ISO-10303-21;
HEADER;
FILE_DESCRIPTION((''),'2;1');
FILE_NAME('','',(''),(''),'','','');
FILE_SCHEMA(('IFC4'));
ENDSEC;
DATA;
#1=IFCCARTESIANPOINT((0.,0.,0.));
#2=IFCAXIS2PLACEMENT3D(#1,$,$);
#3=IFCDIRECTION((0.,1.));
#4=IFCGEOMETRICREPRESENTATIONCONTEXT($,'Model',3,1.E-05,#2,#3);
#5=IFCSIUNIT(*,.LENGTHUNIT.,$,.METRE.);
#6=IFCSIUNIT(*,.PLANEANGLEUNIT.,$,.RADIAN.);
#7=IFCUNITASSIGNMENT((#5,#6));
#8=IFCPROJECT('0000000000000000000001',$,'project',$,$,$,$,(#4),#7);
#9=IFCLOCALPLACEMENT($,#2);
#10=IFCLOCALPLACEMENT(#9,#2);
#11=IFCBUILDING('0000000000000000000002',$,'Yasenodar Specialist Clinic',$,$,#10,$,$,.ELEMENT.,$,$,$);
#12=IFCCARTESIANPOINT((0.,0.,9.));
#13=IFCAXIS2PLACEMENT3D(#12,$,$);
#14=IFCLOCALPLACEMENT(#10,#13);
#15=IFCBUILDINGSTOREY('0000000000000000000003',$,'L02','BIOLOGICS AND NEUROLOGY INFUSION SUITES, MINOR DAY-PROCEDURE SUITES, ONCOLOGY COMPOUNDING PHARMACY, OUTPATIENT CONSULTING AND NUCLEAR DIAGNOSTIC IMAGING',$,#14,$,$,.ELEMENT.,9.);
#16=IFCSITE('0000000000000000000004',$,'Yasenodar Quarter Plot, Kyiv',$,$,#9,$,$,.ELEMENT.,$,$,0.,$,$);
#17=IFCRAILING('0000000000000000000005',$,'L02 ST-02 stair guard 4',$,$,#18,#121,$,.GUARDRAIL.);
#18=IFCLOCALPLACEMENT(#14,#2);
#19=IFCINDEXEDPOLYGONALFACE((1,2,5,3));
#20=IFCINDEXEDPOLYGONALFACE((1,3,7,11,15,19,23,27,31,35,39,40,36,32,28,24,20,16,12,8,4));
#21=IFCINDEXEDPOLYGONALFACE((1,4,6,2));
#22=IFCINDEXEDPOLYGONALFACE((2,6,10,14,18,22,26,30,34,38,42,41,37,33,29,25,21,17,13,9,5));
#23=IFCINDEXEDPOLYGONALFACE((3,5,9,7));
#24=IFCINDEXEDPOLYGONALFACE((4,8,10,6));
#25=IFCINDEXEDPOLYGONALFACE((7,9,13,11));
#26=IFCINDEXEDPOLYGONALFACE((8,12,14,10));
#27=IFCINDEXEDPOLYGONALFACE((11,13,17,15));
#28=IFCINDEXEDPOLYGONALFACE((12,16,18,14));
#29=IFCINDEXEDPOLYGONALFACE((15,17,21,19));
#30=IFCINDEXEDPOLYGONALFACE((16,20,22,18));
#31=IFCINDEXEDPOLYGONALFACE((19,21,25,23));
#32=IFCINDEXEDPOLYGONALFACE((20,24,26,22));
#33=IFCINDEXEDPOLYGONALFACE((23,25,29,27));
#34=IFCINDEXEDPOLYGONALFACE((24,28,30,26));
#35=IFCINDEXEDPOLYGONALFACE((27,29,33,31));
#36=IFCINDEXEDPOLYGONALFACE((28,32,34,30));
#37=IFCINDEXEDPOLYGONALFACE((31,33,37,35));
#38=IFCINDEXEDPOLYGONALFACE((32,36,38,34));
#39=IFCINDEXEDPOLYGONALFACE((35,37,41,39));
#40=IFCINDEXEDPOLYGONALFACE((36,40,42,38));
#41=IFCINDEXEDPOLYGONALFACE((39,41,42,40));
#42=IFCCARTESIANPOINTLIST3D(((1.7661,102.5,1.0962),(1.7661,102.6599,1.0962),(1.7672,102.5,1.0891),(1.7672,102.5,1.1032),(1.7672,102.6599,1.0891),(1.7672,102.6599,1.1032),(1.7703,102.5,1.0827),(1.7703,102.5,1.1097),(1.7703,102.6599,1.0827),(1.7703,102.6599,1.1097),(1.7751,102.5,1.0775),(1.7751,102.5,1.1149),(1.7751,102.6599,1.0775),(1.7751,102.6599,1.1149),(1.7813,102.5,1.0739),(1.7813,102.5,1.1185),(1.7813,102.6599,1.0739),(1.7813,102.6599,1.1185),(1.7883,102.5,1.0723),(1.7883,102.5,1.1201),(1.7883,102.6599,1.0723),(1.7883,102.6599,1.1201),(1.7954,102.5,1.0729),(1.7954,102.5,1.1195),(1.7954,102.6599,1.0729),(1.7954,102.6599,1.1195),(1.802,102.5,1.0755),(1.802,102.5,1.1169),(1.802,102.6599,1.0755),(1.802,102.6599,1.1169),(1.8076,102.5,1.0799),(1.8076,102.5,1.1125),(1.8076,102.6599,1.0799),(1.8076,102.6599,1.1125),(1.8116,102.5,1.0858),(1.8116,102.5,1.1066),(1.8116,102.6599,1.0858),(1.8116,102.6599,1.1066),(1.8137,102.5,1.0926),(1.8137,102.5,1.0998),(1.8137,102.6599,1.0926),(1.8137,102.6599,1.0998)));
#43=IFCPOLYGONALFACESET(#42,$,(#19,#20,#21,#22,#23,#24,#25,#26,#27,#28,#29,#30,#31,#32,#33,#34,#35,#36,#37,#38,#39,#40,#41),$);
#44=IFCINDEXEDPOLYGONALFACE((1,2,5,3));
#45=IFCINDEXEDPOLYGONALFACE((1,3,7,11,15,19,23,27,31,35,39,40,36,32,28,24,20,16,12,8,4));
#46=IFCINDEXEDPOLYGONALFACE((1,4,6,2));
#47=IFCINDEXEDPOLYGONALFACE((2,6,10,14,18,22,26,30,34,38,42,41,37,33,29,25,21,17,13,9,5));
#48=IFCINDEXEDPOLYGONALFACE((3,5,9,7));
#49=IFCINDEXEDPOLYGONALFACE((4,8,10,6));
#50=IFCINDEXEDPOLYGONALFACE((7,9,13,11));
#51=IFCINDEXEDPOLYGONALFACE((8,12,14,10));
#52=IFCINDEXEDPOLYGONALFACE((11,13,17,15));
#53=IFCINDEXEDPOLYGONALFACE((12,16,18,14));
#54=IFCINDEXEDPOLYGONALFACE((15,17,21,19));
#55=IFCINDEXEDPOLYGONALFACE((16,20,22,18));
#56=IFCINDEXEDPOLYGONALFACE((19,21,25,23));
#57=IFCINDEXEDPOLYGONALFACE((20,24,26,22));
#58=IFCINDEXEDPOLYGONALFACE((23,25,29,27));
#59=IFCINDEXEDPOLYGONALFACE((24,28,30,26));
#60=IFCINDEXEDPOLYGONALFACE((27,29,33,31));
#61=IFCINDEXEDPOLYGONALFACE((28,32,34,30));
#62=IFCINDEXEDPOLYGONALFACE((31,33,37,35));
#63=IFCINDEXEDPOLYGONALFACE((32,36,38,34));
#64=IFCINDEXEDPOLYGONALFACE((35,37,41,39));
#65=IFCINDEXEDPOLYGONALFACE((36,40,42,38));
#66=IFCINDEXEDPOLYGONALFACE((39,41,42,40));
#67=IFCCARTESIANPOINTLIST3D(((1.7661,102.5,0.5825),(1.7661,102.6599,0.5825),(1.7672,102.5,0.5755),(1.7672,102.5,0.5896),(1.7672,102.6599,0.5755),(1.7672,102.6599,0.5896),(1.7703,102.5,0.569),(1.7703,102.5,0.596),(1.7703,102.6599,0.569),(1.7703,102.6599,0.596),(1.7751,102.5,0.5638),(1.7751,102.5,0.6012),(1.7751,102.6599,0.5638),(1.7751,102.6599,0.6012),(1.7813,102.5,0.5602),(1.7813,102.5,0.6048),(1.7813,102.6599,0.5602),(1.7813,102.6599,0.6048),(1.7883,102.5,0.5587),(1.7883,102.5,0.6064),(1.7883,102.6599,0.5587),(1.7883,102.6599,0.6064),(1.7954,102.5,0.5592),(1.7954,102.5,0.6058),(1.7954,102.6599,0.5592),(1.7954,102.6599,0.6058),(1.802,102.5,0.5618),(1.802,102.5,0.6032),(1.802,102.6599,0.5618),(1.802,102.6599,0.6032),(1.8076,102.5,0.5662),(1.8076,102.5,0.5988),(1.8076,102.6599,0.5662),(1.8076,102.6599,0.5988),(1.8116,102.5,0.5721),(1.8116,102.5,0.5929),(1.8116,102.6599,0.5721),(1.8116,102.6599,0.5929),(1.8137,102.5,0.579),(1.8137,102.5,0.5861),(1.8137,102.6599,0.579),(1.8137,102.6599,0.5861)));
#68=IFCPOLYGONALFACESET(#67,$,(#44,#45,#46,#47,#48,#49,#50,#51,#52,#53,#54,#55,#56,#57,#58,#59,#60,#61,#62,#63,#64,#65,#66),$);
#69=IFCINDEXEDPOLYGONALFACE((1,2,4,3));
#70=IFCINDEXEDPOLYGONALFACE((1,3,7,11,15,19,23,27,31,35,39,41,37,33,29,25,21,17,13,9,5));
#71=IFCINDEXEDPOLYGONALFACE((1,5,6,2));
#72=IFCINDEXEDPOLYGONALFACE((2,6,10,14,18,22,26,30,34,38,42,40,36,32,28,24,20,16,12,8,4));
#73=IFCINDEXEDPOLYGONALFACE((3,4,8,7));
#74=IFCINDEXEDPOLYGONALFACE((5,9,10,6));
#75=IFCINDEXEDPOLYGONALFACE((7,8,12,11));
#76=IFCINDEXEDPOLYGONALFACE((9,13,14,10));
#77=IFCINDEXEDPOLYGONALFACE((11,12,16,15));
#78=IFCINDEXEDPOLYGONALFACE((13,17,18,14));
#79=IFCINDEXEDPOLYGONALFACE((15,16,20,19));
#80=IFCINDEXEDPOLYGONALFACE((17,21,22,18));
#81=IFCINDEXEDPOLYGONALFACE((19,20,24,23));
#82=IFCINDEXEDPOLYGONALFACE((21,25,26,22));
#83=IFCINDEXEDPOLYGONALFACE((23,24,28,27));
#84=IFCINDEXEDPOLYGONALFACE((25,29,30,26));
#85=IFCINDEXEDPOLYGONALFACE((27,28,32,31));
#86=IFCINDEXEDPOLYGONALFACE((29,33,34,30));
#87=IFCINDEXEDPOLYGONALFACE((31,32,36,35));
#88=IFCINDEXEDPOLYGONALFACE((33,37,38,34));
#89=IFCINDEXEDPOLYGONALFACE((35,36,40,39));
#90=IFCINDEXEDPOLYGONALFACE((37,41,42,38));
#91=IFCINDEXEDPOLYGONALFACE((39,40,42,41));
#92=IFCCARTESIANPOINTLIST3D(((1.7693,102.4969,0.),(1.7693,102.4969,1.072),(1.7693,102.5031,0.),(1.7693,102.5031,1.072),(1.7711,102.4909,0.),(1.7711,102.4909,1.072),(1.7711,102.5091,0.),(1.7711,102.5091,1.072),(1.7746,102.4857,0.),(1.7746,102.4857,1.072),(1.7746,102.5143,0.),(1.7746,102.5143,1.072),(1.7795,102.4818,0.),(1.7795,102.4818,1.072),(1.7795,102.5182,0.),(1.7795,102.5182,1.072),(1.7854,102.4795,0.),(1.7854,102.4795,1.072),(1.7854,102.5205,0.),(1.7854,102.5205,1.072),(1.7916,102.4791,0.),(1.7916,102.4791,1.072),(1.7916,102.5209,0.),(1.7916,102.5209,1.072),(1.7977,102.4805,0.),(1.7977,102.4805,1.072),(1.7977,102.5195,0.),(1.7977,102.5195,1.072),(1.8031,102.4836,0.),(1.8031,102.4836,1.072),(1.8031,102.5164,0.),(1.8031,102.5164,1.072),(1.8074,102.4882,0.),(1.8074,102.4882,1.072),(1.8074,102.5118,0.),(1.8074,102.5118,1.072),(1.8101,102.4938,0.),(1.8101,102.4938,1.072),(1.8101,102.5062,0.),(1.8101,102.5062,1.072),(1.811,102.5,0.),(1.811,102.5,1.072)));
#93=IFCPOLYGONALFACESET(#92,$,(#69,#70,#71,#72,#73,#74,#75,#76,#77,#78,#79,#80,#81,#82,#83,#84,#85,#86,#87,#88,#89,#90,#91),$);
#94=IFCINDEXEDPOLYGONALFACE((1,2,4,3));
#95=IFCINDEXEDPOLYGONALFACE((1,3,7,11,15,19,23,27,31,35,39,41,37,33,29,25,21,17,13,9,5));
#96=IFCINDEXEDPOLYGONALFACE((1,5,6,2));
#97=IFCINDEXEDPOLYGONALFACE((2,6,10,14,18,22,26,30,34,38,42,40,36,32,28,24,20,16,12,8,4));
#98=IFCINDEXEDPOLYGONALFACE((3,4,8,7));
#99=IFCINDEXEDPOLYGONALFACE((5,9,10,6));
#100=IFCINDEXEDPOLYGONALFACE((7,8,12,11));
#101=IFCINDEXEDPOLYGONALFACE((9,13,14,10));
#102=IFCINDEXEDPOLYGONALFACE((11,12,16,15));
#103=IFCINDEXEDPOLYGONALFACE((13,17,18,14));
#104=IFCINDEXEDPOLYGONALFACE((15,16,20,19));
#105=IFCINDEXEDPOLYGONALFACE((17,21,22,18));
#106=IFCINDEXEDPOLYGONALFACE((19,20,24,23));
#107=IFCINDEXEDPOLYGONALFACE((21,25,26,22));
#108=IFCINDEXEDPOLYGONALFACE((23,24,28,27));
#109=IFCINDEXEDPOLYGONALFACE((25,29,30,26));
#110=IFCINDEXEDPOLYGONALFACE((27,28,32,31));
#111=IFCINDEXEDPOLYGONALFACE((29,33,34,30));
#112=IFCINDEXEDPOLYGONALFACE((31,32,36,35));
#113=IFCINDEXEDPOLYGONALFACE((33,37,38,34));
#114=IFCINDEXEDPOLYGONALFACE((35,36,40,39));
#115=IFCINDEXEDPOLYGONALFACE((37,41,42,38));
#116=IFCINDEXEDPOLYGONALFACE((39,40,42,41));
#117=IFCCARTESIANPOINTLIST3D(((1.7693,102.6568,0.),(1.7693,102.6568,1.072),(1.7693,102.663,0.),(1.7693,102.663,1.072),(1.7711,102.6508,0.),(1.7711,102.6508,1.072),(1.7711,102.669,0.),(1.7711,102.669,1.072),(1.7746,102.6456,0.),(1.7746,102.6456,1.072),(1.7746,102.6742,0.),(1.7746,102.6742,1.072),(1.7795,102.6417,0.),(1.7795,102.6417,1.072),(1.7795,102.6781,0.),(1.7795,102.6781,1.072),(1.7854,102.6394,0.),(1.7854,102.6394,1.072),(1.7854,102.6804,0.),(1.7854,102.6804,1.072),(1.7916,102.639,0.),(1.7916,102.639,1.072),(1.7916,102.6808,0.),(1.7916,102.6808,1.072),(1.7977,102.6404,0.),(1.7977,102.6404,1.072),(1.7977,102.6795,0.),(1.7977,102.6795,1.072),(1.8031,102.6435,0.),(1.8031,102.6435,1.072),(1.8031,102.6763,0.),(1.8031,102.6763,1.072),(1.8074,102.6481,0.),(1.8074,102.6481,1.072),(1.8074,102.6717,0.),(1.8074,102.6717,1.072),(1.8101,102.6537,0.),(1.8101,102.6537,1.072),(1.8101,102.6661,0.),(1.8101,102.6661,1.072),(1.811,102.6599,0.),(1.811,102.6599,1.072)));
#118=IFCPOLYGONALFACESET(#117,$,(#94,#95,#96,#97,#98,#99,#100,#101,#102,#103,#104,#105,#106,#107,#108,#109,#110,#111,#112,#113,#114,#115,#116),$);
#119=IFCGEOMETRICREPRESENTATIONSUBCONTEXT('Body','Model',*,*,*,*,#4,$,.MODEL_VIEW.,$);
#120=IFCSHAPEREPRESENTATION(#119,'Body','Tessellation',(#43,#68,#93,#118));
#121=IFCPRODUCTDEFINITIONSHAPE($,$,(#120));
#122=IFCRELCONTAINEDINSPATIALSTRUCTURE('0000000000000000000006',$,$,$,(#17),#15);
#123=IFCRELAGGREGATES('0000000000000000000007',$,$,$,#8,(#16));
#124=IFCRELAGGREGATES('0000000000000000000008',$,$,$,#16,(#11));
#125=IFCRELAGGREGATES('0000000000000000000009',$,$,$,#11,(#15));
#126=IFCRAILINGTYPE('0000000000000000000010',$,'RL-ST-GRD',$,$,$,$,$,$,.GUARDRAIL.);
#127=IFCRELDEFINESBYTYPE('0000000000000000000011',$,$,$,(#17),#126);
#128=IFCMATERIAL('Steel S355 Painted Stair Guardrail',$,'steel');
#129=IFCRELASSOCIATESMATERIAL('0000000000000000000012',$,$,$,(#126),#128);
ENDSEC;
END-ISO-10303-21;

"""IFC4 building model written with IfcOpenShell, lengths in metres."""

from ifc_helpers import new_model, si_unit, direction, frame, origin, origin_2d, place, context, subcontext, project, spatial, circle, extrude, material, type_object, element, save


model = new_model("IFC4")

# Units and contexts
model_context = context("Model", 3, precision=1e-05, world=origin(), true_north=direction((0.0, 1.0)))
body_context = subcontext(model_context, "Body", "Model", "MODEL_VIEW")
ifc_project = project(units=[si_unit("LENGTHUNIT", "METRE"), si_unit("PLANEANGLEUNIT", "RADIAN")], contexts=[model_context])

# Site, building, storey
site_placement = place(None, origin())
site = spatial("IfcSite", under=ifc_project, at=site_placement, Name="Yasenodar Quarter Plot, Kyiv", CompositionType="ELEMENT", RefElevation=0.0)
building_placement = place(site_placement, origin())
building = spatial("IfcBuilding", under=site, at=building_placement, Name="Yasenodar Specialist Clinic", CompositionType="ELEMENT")
storey_placement = place(building_placement, frame((0.0, 0.0, 9.0)))
storey = spatial("IfcBuildingStorey", under=building, at=storey_placement, Name="L02", Description="BIOLOGICS AND NEUROLOGY INFUSION SUITES, MINOR DAY-PROCEDURE SUITES, ONCOLOGY COMPOUNDING PHARMACY, OUTPATIENT CONSULTING AND NUCLEAR DIAGNOSTIC IMAGING", CompositionType="ELEMENT", Elevation=9.0)

# Railing
ifc_material_1 = material(Name="Steel S355 Painted Stair Guardrail", Category="steel")
railing_type_1 = type_object("IfcRailingType", Name="RL-ST-GRD", PredefinedType="GUARDRAIL", material=ifc_material_1)
railing_1_placement = place(storey_placement, frame((1.79, 102.5, 0.0)))
element("IfcRailing", 1, at=railing_1_placement, inside=storey, type_object=railing_type_1, Name="L02 ST-02 stair guard 4", PredefinedType="GUARDRAIL", context=body_context, shape_type="SweptSolid", body=[
    extrude(circle(Radius=0.0239, at=origin_2d()), frame((0.0, 0.0, 1.0962), z_axis=(0.0, 1.0, 0.0), x_axis=(-1.0, 0.0, 0.0)), (0.0, 0.0, 1.0), 0.1599),
    extrude(circle(Radius=0.0239, at=origin_2d()), frame((0.0, 0.0, 0.5825), z_axis=(0.0, 1.0, 0.0), x_axis=(-1.0, 0.0, 0.0)), (0.0, 0.0, 1.0), 0.1599),
    extrude(circle(Radius=0.021, at=origin_2d()), origin(), (0.0, 0.0, 1.0), 1.072),
    extrude(circle(Radius=0.021, at=origin_2d()), frame((0.0, 0.1599, 0.0)), (0.0, 0.0, 1.0), 1.072),
])

save(model, "model.ifc")
